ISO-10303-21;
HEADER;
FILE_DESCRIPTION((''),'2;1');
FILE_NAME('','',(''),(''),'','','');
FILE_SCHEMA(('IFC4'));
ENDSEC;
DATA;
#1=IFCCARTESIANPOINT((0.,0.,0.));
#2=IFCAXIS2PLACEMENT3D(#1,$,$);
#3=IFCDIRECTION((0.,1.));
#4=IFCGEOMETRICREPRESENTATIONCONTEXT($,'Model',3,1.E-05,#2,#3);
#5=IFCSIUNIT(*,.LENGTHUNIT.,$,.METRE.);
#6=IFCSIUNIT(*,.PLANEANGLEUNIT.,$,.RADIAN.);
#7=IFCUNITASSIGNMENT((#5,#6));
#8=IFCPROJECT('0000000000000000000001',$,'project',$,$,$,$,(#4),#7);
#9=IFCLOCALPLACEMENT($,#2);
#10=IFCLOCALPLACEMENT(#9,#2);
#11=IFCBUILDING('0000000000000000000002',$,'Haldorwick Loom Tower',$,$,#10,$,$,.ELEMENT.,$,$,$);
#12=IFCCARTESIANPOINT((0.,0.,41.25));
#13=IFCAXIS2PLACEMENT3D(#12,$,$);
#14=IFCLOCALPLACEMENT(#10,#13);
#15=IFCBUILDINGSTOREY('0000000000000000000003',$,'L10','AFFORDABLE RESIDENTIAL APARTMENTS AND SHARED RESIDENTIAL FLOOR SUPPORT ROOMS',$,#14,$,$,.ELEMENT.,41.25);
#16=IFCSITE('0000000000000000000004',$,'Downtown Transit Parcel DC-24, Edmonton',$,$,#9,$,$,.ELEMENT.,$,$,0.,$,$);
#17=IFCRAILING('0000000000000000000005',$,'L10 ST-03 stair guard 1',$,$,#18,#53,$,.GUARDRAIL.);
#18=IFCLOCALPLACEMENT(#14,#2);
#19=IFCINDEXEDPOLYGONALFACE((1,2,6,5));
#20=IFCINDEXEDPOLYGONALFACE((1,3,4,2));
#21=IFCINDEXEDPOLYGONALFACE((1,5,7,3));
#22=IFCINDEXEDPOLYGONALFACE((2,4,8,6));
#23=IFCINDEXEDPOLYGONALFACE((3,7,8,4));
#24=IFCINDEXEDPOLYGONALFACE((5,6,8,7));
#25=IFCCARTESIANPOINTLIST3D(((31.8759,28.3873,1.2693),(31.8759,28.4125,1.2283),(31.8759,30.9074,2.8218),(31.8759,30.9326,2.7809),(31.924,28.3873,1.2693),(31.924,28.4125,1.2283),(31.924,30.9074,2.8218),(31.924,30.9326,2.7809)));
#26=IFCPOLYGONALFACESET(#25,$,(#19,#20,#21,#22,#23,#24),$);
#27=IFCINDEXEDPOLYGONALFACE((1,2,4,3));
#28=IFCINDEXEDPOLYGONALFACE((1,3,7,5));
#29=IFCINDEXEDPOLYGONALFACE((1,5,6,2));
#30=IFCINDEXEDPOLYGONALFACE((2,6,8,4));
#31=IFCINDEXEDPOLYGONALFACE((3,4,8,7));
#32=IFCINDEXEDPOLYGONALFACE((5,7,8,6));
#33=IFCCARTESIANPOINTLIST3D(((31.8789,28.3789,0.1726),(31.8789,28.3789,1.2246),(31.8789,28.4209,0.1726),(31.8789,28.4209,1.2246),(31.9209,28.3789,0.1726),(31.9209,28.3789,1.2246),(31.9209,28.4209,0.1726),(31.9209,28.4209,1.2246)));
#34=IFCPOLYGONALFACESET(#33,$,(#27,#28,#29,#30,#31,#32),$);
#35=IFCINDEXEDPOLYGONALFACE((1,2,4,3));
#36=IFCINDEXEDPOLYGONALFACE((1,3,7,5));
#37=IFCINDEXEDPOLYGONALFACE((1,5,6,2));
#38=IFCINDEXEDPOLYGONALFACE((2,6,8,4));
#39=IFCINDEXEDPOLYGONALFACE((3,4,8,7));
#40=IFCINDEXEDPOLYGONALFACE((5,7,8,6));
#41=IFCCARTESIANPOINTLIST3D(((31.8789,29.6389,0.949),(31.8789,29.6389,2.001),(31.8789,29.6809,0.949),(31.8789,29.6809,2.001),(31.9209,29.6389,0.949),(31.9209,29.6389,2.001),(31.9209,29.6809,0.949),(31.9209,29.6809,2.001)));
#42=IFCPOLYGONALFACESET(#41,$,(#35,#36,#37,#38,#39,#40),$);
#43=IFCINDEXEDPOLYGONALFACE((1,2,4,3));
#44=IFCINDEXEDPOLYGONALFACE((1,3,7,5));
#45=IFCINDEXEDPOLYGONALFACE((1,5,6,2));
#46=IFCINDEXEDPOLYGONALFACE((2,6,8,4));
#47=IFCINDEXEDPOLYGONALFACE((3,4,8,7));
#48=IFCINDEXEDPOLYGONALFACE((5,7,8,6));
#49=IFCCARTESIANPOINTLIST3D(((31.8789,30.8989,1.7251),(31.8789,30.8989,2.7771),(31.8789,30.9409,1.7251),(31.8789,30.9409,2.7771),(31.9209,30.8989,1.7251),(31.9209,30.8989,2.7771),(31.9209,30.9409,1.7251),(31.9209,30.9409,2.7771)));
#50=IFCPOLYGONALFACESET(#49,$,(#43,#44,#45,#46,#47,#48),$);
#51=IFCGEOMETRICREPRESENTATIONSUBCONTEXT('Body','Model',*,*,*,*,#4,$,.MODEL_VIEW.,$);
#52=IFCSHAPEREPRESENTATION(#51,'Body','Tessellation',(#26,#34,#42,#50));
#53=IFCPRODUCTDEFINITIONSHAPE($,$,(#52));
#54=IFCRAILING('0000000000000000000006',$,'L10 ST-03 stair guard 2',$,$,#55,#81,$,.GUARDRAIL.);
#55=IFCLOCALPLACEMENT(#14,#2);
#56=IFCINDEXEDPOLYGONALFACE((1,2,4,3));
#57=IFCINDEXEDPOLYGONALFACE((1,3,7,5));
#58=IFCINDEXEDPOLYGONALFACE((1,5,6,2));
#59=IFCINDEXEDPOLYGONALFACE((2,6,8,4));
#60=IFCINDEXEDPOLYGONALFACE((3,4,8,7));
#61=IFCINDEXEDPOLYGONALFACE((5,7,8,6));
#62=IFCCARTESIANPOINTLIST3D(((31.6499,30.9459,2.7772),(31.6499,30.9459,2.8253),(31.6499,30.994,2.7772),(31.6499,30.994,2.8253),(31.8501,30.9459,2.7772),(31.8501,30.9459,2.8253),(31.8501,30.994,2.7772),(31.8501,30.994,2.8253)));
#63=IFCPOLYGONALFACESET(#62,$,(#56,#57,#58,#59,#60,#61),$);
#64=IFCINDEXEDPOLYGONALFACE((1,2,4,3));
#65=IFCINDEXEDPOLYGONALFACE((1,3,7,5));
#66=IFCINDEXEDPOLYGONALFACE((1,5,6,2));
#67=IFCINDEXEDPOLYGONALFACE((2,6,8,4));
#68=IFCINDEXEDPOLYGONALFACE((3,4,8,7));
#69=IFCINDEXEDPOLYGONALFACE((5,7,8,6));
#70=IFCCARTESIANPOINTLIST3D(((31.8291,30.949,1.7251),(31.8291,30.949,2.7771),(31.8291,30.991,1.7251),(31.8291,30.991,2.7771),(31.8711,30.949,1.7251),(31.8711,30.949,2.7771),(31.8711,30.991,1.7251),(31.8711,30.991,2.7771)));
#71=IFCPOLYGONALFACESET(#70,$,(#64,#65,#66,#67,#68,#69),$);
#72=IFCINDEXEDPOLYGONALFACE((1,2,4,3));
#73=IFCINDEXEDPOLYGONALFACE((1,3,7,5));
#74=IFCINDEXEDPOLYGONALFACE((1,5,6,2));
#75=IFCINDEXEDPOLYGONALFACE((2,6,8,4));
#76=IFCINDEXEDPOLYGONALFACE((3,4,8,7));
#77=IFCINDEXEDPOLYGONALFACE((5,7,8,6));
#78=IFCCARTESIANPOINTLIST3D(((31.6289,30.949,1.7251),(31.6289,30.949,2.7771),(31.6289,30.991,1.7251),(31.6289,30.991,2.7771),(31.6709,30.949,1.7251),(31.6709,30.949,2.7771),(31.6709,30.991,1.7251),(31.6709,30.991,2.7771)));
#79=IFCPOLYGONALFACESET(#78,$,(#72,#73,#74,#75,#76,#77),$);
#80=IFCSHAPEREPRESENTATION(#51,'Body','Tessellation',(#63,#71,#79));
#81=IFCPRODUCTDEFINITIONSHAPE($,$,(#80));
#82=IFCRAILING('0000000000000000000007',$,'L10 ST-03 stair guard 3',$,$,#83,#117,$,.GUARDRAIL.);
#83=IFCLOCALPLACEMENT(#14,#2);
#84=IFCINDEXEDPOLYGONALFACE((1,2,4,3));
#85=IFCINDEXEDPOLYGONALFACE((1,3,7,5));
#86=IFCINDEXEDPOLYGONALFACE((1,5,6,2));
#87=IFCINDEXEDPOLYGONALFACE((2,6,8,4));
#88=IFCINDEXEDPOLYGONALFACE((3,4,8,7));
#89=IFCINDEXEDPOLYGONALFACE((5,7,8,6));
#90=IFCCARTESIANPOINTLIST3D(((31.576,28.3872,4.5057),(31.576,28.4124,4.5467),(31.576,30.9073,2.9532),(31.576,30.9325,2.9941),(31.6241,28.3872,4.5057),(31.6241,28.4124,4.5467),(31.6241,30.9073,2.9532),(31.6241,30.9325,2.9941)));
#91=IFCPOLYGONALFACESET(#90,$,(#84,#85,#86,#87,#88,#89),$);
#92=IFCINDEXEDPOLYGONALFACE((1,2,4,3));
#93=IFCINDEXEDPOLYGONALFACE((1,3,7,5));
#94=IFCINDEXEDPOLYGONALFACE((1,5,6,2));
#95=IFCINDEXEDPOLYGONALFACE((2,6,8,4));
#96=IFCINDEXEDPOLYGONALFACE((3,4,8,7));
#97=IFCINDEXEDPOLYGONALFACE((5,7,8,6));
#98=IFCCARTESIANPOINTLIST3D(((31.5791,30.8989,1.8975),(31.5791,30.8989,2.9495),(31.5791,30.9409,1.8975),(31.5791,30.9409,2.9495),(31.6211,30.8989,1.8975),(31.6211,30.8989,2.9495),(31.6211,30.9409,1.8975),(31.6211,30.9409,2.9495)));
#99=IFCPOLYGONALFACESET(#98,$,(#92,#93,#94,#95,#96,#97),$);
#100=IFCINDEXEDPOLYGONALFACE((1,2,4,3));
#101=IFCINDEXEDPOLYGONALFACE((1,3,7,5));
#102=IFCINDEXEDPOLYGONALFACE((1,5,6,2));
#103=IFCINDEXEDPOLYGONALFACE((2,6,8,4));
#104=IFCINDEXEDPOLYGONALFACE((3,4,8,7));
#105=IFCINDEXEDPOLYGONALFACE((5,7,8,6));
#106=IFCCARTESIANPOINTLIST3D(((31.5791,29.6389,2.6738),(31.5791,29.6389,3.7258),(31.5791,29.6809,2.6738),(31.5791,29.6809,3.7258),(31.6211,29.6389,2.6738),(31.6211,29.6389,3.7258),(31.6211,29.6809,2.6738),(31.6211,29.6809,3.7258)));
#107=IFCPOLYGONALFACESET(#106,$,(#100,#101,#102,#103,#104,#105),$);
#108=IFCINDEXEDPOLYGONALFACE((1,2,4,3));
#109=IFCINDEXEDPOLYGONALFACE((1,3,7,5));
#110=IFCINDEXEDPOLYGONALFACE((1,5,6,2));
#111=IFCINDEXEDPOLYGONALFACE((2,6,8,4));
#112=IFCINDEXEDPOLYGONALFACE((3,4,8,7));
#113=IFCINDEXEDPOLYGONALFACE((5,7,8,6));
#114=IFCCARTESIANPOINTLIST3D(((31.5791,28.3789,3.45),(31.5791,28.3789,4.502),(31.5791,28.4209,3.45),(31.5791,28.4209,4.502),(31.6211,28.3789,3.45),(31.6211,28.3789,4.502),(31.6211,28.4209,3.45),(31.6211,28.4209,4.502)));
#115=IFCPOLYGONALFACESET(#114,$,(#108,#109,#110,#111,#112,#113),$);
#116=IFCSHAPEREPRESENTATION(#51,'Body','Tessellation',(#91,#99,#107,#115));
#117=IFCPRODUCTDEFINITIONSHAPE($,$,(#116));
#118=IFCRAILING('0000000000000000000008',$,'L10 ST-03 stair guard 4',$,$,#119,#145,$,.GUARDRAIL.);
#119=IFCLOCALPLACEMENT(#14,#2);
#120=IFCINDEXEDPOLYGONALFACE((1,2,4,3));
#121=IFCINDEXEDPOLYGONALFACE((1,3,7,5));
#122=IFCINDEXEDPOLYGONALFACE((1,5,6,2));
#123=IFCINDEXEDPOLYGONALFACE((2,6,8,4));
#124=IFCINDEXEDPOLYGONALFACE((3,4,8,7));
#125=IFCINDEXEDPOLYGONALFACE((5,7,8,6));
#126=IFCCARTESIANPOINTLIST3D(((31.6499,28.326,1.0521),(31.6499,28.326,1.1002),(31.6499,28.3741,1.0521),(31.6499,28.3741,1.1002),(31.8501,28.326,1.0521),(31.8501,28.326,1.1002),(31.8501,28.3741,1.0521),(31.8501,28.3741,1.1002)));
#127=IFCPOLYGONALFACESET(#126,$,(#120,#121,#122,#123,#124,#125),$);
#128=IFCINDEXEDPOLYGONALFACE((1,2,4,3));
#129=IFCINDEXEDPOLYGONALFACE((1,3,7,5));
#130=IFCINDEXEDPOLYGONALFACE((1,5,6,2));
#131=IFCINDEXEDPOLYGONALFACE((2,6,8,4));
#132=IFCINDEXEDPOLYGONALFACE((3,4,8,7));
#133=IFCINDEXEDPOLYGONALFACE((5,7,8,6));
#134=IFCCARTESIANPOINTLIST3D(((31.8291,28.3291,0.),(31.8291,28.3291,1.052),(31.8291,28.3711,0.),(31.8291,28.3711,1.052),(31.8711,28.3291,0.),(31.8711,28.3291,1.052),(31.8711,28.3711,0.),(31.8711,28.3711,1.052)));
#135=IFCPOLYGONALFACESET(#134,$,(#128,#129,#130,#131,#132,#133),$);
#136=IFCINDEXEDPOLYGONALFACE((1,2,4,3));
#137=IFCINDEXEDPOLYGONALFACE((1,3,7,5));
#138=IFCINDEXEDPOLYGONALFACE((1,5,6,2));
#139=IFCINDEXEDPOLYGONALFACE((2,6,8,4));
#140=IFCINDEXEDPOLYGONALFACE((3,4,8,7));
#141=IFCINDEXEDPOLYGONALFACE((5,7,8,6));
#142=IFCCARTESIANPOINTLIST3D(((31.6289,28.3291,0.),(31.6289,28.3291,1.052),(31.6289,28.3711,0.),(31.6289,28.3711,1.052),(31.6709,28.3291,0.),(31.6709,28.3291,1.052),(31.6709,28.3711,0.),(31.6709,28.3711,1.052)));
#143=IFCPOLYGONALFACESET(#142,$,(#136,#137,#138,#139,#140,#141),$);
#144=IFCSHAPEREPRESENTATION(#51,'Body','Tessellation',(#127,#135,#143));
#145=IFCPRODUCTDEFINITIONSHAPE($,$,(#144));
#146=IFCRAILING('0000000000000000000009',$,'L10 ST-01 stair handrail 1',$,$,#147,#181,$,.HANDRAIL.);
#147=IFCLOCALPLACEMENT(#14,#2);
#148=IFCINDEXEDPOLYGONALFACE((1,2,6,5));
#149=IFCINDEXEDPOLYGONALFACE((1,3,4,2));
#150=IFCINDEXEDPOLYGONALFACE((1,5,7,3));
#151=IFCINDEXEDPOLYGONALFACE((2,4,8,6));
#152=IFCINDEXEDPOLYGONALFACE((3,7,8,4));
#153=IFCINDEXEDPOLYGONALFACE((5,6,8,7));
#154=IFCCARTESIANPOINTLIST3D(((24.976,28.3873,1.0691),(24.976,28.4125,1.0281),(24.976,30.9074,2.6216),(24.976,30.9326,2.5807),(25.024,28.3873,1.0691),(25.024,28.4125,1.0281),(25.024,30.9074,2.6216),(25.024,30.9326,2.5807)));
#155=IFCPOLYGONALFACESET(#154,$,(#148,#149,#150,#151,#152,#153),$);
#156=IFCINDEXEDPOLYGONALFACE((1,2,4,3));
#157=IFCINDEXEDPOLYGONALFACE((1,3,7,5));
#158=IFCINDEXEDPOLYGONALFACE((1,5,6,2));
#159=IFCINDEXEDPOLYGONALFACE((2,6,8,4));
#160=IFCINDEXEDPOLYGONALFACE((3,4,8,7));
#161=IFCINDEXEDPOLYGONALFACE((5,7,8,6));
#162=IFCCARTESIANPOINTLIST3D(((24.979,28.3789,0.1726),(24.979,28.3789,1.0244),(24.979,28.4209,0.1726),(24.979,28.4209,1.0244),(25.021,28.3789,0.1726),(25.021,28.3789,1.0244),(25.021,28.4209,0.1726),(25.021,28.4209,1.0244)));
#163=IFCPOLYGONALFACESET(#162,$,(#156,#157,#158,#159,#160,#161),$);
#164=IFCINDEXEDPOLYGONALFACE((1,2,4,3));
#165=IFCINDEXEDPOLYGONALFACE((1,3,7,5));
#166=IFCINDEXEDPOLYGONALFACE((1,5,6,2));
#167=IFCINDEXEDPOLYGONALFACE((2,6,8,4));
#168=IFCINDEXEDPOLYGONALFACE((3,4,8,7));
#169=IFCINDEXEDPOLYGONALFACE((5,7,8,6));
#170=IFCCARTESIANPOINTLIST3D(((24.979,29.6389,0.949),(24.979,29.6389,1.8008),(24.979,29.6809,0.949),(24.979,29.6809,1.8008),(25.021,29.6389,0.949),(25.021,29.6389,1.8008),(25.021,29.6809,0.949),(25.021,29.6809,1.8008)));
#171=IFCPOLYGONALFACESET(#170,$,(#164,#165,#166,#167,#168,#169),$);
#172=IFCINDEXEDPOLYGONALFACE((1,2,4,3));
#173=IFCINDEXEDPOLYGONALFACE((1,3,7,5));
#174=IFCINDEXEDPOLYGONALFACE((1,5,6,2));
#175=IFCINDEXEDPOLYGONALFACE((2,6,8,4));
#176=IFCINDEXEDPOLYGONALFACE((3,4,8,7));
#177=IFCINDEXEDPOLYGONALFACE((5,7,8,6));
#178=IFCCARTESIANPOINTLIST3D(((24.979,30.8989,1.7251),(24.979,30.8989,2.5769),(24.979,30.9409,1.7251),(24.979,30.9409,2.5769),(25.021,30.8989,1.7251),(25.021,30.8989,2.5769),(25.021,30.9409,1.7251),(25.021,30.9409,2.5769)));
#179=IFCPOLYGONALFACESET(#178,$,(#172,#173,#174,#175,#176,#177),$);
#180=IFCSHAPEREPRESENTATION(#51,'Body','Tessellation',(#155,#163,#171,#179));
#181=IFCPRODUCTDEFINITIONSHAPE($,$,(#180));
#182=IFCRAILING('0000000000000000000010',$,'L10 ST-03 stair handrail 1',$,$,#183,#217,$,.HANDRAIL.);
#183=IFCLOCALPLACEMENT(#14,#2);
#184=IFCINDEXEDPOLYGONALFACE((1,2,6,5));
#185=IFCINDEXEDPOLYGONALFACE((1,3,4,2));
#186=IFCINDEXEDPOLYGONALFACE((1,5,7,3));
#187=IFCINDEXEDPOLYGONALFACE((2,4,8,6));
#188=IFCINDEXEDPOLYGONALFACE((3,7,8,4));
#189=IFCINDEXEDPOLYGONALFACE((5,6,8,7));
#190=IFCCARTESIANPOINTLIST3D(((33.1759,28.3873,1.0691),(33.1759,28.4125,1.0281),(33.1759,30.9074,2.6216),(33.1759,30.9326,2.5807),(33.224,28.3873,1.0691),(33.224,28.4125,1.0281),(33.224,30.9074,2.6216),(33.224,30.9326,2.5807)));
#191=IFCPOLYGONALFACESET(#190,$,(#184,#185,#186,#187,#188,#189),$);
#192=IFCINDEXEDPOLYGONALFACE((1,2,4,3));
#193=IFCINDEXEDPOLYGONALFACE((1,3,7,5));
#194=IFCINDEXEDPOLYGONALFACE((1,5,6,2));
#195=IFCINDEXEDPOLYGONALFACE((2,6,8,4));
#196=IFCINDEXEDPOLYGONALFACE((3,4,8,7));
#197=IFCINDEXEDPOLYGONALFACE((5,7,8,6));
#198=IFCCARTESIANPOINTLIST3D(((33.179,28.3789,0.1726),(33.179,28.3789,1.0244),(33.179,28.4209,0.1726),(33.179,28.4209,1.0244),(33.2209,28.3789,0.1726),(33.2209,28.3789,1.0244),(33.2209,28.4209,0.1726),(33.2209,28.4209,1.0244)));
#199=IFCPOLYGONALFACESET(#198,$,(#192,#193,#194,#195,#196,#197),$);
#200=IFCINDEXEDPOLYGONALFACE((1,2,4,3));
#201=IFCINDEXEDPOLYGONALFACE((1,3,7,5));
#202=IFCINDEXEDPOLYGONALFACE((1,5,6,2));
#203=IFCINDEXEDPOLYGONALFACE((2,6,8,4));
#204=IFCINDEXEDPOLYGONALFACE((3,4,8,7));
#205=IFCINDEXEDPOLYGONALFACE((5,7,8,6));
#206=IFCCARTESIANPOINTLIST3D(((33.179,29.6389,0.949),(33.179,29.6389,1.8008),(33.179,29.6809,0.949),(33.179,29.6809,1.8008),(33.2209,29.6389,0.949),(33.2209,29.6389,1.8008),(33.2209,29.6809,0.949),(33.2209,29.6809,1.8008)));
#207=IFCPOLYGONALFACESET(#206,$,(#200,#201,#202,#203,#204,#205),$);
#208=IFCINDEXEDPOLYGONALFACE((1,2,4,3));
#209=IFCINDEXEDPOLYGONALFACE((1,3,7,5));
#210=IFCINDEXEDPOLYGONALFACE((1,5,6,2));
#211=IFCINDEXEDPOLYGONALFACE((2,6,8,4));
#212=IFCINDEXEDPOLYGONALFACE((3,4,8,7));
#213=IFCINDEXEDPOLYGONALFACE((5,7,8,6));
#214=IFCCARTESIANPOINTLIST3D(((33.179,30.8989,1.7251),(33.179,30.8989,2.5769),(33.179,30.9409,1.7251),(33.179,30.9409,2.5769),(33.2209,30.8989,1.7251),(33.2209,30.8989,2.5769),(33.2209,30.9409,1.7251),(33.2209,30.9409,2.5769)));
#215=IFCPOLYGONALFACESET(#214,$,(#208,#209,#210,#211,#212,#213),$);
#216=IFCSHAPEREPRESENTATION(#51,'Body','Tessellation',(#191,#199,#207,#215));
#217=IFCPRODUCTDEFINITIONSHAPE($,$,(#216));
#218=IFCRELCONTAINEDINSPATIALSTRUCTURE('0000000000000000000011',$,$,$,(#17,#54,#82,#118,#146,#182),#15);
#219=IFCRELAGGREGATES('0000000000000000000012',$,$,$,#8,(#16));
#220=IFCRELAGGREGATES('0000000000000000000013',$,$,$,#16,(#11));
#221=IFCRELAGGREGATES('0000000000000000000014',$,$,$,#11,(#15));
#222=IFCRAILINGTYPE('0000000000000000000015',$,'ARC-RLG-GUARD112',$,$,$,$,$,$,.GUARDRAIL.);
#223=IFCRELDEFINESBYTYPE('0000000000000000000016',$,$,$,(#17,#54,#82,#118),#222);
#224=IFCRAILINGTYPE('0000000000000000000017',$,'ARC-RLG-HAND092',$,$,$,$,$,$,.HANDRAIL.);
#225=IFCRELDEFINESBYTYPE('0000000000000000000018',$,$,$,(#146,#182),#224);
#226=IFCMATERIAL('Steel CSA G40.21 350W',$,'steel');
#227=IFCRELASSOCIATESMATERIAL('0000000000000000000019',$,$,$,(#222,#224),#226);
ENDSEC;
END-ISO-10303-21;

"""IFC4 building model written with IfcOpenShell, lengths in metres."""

from ifc_helpers import new_model, si_unit, direction, frame, origin, origin_2d, place, context, subcontext, project, spatial, rectangle, extrude, material, type_object, element, save


model = new_model("IFC4")

# Units and contexts
model_context = context("Model", 3, precision=1e-05, world=origin(), true_north=direction((0.0, 1.0)))
body_context = subcontext(model_context, "Body", "Model", "MODEL_VIEW")
ifc_project = project(units=[si_unit("LENGTHUNIT", "METRE"), si_unit("PLANEANGLEUNIT", "RADIAN")], contexts=[model_context])

# Site, building, storey
site_placement = place(None, origin())
site = spatial("IfcSite", under=ifc_project, at=site_placement, Name="Downtown Transit Parcel DC-24, Edmonton", CompositionType="ELEMENT", RefElevation=0.0)
building_placement = place(site_placement, origin())
building = spatial("IfcBuilding", under=site, at=building_placement, Name="Haldorwick Loom Tower", CompositionType="ELEMENT")
storey_placement = place(building_placement, frame((0.0, 0.0, 41.25)))
storey = spatial("IfcBuildingStorey", under=building, at=storey_placement, Name="L10", Description="AFFORDABLE RESIDENTIAL APARTMENTS AND SHARED RESIDENTIAL FLOOR SUPPORT ROOMS", CompositionType="ELEMENT", Elevation=41.25)

# Shared definitions
ifc_material_1 = material(Name="Steel CSA G40.21 350W", Category="steel")

# Railings
railing_type_1 = type_object("IfcRailingType", Name="ARC-RLG-GUARD112", PredefinedType="GUARDRAIL", material=ifc_material_1)
railing_1_placement = place(storey_placement, frame((31.8999, 28.3999, 0.1726)))
element("IfcRailing", 1, at=railing_1_placement, inside=storey, type_object=railing_type_1, Name="L10 ST-03 stair guard 1", PredefinedType="GUARDRAIL", context=body_context, shape_type="SweptSolid", body=[
    extrude(rectangle(XDim=0.0481, YDim=0.0481, at=origin_2d()), frame((0.0, 0.0, 1.0762), z_axis=(0.0, 0.8514, 0.524516), x_axis=(-1.0, 0.0, 0.0)), (0.0, 0.0, 1.0), 2.96),
    extrude(rectangle(XDim=0.042, YDim=0.042, at=origin_2d()), origin(), (0.0, 0.0, 1.0), 1.052),
    extrude(rectangle(XDim=0.042, YDim=0.042, at=origin_2d()), frame((0.0, 1.26, 0.7764)), (0.0, 0.0, 1.0), 1.052),
    extrude(rectangle(XDim=0.042, YDim=0.042, at=origin_2d()), frame((0.0, 2.52, 1.5525)), (0.0, 0.0, 1.0), 1.052),
])
railing_2_placement = place(storey_placement, frame((31.8501, 30.97, 1.7251)))
element("IfcRailing", 2, at=railing_2_placement, inside=storey, type_object=railing_type_1, Name="L10 ST-03 stair guard 2", PredefinedType="GUARDRAIL", context=body_context, shape_type="SweptSolid", body=[
    extrude(rectangle(XDim=0.0481, YDim=0.0481, at=origin_2d()), frame((0.0, 0.0, 1.0762), z_axis=(-1.0, 0.0, 0.0), x_axis=(0.0, -1.0, 0.0)), (0.0, 0.0, 1.0), 0.2002),
    extrude(rectangle(XDim=0.042, YDim=0.042, at=origin_2d()), origin(), (0.0, 0.0, 1.0), 1.052),
    extrude(rectangle(XDim=0.042, YDim=0.042, at=origin_2d()), frame((-0.2002, 0.0, 0.0)), (0.0, 0.0, 1.0), 1.052),
])
railing_3_placement = place(storey_placement, frame((31.6001, 30.9199, 1.8975)))
element("IfcRailing", 3, at=railing_3_placement, inside=storey, type_object=railing_type_1, Name="L10 ST-03 stair guard 3", PredefinedType="GUARDRAIL", context=body_context, shape_type="SweptSolid", body=[
    extrude(rectangle(XDim=0.0481, YDim=0.0481, at=origin_2d()), frame((0.0, 0.0, 1.0762), z_axis=(0.0, -0.8514, 0.524516), x_axis=(1.0, 0.0, 0.0)), (0.0, 0.0, 1.0), 2.96),
    extrude(rectangle(XDim=0.042, YDim=0.042, at=origin_2d()), origin(), (0.0, 0.0, 1.0), 1.052),
    extrude(rectangle(XDim=0.042, YDim=0.042, at=origin_2d()), frame((0.0, -1.26, 0.7764)), (0.0, 0.0, 1.0), 1.052),
    extrude(rectangle(XDim=0.042, YDim=0.042, at=origin_2d()), frame((0.0, -2.52, 1.5525)), (0.0, 0.0, 1.0), 1.052),
])
railing_4_placement = place(storey_placement, frame((31.8501, 28.3501, 0.0)))
element("IfcRailing", 4, at=railing_4_placement, inside=storey, type_object=railing_type_1, Name="L10 ST-03 stair guard 4", PredefinedType="GUARDRAIL", context=body_context, shape_type="SweptSolid", body=[
    extrude(rectangle(XDim=0.0481, YDim=0.0481, at=origin_2d()), frame((0.0, 0.0, 1.0762), z_axis=(-1.0, 0.0, 0.0), x_axis=(0.0, -1.0, 0.0)), (0.0, 0.0, 1.0), 0.2002),
    extrude(rectangle(XDim=0.042, YDim=0.042, at=origin_2d()), origin(), (0.0, 0.0, 1.0), 1.052),
    extrude(rectangle(XDim=0.042, YDim=0.042, at=origin_2d()), frame((-0.2002, 0.0, 0.0)), (0.0, 0.0, 1.0), 1.052),
])
railing_type_2 = type_object("IfcRailingType", Name="ARC-RLG-HAND092", PredefinedType="HANDRAIL", material=ifc_material_1)
for number, where, name in (
    (5, (25.0, 28.3999, 0.1726), "L10 ST-01 stair handrail 1"),
    (6, (33.2, 28.3999, 0.1726), "L10 ST-03 stair handrail 1"),
):
    element("IfcRailing", number, at=place(storey_placement, frame(where)), inside=storey, type_object=railing_type_2, Name=name, PredefinedType="HANDRAIL", context=body_context, shape_type="SweptSolid", body=[
        extrude(rectangle(XDim=0.0481, YDim=0.0481, at=origin_2d()), frame((0.0, 0.0, 0.876), z_axis=(0.0, 0.8514, 0.524516), x_axis=(-1.0, 0.0, 0.0)), (0.0, 0.0, 1.0), 2.96),
        extrude(rectangle(XDim=0.042, YDim=0.042, at=origin_2d()), origin(), (0.0, 0.0, 1.0), 0.8518),
        extrude(rectangle(XDim=0.042, YDim=0.042, at=origin_2d()), frame((0.0, 1.26, 0.7764)), (0.0, 0.0, 1.0), 0.8518),
        extrude(rectangle(XDim=0.042, YDim=0.042, at=origin_2d()), frame((0.0, 2.52, 1.5525)), (0.0, 0.0, 1.0), 0.8518),
    ])

save(model, "model.ifc")
